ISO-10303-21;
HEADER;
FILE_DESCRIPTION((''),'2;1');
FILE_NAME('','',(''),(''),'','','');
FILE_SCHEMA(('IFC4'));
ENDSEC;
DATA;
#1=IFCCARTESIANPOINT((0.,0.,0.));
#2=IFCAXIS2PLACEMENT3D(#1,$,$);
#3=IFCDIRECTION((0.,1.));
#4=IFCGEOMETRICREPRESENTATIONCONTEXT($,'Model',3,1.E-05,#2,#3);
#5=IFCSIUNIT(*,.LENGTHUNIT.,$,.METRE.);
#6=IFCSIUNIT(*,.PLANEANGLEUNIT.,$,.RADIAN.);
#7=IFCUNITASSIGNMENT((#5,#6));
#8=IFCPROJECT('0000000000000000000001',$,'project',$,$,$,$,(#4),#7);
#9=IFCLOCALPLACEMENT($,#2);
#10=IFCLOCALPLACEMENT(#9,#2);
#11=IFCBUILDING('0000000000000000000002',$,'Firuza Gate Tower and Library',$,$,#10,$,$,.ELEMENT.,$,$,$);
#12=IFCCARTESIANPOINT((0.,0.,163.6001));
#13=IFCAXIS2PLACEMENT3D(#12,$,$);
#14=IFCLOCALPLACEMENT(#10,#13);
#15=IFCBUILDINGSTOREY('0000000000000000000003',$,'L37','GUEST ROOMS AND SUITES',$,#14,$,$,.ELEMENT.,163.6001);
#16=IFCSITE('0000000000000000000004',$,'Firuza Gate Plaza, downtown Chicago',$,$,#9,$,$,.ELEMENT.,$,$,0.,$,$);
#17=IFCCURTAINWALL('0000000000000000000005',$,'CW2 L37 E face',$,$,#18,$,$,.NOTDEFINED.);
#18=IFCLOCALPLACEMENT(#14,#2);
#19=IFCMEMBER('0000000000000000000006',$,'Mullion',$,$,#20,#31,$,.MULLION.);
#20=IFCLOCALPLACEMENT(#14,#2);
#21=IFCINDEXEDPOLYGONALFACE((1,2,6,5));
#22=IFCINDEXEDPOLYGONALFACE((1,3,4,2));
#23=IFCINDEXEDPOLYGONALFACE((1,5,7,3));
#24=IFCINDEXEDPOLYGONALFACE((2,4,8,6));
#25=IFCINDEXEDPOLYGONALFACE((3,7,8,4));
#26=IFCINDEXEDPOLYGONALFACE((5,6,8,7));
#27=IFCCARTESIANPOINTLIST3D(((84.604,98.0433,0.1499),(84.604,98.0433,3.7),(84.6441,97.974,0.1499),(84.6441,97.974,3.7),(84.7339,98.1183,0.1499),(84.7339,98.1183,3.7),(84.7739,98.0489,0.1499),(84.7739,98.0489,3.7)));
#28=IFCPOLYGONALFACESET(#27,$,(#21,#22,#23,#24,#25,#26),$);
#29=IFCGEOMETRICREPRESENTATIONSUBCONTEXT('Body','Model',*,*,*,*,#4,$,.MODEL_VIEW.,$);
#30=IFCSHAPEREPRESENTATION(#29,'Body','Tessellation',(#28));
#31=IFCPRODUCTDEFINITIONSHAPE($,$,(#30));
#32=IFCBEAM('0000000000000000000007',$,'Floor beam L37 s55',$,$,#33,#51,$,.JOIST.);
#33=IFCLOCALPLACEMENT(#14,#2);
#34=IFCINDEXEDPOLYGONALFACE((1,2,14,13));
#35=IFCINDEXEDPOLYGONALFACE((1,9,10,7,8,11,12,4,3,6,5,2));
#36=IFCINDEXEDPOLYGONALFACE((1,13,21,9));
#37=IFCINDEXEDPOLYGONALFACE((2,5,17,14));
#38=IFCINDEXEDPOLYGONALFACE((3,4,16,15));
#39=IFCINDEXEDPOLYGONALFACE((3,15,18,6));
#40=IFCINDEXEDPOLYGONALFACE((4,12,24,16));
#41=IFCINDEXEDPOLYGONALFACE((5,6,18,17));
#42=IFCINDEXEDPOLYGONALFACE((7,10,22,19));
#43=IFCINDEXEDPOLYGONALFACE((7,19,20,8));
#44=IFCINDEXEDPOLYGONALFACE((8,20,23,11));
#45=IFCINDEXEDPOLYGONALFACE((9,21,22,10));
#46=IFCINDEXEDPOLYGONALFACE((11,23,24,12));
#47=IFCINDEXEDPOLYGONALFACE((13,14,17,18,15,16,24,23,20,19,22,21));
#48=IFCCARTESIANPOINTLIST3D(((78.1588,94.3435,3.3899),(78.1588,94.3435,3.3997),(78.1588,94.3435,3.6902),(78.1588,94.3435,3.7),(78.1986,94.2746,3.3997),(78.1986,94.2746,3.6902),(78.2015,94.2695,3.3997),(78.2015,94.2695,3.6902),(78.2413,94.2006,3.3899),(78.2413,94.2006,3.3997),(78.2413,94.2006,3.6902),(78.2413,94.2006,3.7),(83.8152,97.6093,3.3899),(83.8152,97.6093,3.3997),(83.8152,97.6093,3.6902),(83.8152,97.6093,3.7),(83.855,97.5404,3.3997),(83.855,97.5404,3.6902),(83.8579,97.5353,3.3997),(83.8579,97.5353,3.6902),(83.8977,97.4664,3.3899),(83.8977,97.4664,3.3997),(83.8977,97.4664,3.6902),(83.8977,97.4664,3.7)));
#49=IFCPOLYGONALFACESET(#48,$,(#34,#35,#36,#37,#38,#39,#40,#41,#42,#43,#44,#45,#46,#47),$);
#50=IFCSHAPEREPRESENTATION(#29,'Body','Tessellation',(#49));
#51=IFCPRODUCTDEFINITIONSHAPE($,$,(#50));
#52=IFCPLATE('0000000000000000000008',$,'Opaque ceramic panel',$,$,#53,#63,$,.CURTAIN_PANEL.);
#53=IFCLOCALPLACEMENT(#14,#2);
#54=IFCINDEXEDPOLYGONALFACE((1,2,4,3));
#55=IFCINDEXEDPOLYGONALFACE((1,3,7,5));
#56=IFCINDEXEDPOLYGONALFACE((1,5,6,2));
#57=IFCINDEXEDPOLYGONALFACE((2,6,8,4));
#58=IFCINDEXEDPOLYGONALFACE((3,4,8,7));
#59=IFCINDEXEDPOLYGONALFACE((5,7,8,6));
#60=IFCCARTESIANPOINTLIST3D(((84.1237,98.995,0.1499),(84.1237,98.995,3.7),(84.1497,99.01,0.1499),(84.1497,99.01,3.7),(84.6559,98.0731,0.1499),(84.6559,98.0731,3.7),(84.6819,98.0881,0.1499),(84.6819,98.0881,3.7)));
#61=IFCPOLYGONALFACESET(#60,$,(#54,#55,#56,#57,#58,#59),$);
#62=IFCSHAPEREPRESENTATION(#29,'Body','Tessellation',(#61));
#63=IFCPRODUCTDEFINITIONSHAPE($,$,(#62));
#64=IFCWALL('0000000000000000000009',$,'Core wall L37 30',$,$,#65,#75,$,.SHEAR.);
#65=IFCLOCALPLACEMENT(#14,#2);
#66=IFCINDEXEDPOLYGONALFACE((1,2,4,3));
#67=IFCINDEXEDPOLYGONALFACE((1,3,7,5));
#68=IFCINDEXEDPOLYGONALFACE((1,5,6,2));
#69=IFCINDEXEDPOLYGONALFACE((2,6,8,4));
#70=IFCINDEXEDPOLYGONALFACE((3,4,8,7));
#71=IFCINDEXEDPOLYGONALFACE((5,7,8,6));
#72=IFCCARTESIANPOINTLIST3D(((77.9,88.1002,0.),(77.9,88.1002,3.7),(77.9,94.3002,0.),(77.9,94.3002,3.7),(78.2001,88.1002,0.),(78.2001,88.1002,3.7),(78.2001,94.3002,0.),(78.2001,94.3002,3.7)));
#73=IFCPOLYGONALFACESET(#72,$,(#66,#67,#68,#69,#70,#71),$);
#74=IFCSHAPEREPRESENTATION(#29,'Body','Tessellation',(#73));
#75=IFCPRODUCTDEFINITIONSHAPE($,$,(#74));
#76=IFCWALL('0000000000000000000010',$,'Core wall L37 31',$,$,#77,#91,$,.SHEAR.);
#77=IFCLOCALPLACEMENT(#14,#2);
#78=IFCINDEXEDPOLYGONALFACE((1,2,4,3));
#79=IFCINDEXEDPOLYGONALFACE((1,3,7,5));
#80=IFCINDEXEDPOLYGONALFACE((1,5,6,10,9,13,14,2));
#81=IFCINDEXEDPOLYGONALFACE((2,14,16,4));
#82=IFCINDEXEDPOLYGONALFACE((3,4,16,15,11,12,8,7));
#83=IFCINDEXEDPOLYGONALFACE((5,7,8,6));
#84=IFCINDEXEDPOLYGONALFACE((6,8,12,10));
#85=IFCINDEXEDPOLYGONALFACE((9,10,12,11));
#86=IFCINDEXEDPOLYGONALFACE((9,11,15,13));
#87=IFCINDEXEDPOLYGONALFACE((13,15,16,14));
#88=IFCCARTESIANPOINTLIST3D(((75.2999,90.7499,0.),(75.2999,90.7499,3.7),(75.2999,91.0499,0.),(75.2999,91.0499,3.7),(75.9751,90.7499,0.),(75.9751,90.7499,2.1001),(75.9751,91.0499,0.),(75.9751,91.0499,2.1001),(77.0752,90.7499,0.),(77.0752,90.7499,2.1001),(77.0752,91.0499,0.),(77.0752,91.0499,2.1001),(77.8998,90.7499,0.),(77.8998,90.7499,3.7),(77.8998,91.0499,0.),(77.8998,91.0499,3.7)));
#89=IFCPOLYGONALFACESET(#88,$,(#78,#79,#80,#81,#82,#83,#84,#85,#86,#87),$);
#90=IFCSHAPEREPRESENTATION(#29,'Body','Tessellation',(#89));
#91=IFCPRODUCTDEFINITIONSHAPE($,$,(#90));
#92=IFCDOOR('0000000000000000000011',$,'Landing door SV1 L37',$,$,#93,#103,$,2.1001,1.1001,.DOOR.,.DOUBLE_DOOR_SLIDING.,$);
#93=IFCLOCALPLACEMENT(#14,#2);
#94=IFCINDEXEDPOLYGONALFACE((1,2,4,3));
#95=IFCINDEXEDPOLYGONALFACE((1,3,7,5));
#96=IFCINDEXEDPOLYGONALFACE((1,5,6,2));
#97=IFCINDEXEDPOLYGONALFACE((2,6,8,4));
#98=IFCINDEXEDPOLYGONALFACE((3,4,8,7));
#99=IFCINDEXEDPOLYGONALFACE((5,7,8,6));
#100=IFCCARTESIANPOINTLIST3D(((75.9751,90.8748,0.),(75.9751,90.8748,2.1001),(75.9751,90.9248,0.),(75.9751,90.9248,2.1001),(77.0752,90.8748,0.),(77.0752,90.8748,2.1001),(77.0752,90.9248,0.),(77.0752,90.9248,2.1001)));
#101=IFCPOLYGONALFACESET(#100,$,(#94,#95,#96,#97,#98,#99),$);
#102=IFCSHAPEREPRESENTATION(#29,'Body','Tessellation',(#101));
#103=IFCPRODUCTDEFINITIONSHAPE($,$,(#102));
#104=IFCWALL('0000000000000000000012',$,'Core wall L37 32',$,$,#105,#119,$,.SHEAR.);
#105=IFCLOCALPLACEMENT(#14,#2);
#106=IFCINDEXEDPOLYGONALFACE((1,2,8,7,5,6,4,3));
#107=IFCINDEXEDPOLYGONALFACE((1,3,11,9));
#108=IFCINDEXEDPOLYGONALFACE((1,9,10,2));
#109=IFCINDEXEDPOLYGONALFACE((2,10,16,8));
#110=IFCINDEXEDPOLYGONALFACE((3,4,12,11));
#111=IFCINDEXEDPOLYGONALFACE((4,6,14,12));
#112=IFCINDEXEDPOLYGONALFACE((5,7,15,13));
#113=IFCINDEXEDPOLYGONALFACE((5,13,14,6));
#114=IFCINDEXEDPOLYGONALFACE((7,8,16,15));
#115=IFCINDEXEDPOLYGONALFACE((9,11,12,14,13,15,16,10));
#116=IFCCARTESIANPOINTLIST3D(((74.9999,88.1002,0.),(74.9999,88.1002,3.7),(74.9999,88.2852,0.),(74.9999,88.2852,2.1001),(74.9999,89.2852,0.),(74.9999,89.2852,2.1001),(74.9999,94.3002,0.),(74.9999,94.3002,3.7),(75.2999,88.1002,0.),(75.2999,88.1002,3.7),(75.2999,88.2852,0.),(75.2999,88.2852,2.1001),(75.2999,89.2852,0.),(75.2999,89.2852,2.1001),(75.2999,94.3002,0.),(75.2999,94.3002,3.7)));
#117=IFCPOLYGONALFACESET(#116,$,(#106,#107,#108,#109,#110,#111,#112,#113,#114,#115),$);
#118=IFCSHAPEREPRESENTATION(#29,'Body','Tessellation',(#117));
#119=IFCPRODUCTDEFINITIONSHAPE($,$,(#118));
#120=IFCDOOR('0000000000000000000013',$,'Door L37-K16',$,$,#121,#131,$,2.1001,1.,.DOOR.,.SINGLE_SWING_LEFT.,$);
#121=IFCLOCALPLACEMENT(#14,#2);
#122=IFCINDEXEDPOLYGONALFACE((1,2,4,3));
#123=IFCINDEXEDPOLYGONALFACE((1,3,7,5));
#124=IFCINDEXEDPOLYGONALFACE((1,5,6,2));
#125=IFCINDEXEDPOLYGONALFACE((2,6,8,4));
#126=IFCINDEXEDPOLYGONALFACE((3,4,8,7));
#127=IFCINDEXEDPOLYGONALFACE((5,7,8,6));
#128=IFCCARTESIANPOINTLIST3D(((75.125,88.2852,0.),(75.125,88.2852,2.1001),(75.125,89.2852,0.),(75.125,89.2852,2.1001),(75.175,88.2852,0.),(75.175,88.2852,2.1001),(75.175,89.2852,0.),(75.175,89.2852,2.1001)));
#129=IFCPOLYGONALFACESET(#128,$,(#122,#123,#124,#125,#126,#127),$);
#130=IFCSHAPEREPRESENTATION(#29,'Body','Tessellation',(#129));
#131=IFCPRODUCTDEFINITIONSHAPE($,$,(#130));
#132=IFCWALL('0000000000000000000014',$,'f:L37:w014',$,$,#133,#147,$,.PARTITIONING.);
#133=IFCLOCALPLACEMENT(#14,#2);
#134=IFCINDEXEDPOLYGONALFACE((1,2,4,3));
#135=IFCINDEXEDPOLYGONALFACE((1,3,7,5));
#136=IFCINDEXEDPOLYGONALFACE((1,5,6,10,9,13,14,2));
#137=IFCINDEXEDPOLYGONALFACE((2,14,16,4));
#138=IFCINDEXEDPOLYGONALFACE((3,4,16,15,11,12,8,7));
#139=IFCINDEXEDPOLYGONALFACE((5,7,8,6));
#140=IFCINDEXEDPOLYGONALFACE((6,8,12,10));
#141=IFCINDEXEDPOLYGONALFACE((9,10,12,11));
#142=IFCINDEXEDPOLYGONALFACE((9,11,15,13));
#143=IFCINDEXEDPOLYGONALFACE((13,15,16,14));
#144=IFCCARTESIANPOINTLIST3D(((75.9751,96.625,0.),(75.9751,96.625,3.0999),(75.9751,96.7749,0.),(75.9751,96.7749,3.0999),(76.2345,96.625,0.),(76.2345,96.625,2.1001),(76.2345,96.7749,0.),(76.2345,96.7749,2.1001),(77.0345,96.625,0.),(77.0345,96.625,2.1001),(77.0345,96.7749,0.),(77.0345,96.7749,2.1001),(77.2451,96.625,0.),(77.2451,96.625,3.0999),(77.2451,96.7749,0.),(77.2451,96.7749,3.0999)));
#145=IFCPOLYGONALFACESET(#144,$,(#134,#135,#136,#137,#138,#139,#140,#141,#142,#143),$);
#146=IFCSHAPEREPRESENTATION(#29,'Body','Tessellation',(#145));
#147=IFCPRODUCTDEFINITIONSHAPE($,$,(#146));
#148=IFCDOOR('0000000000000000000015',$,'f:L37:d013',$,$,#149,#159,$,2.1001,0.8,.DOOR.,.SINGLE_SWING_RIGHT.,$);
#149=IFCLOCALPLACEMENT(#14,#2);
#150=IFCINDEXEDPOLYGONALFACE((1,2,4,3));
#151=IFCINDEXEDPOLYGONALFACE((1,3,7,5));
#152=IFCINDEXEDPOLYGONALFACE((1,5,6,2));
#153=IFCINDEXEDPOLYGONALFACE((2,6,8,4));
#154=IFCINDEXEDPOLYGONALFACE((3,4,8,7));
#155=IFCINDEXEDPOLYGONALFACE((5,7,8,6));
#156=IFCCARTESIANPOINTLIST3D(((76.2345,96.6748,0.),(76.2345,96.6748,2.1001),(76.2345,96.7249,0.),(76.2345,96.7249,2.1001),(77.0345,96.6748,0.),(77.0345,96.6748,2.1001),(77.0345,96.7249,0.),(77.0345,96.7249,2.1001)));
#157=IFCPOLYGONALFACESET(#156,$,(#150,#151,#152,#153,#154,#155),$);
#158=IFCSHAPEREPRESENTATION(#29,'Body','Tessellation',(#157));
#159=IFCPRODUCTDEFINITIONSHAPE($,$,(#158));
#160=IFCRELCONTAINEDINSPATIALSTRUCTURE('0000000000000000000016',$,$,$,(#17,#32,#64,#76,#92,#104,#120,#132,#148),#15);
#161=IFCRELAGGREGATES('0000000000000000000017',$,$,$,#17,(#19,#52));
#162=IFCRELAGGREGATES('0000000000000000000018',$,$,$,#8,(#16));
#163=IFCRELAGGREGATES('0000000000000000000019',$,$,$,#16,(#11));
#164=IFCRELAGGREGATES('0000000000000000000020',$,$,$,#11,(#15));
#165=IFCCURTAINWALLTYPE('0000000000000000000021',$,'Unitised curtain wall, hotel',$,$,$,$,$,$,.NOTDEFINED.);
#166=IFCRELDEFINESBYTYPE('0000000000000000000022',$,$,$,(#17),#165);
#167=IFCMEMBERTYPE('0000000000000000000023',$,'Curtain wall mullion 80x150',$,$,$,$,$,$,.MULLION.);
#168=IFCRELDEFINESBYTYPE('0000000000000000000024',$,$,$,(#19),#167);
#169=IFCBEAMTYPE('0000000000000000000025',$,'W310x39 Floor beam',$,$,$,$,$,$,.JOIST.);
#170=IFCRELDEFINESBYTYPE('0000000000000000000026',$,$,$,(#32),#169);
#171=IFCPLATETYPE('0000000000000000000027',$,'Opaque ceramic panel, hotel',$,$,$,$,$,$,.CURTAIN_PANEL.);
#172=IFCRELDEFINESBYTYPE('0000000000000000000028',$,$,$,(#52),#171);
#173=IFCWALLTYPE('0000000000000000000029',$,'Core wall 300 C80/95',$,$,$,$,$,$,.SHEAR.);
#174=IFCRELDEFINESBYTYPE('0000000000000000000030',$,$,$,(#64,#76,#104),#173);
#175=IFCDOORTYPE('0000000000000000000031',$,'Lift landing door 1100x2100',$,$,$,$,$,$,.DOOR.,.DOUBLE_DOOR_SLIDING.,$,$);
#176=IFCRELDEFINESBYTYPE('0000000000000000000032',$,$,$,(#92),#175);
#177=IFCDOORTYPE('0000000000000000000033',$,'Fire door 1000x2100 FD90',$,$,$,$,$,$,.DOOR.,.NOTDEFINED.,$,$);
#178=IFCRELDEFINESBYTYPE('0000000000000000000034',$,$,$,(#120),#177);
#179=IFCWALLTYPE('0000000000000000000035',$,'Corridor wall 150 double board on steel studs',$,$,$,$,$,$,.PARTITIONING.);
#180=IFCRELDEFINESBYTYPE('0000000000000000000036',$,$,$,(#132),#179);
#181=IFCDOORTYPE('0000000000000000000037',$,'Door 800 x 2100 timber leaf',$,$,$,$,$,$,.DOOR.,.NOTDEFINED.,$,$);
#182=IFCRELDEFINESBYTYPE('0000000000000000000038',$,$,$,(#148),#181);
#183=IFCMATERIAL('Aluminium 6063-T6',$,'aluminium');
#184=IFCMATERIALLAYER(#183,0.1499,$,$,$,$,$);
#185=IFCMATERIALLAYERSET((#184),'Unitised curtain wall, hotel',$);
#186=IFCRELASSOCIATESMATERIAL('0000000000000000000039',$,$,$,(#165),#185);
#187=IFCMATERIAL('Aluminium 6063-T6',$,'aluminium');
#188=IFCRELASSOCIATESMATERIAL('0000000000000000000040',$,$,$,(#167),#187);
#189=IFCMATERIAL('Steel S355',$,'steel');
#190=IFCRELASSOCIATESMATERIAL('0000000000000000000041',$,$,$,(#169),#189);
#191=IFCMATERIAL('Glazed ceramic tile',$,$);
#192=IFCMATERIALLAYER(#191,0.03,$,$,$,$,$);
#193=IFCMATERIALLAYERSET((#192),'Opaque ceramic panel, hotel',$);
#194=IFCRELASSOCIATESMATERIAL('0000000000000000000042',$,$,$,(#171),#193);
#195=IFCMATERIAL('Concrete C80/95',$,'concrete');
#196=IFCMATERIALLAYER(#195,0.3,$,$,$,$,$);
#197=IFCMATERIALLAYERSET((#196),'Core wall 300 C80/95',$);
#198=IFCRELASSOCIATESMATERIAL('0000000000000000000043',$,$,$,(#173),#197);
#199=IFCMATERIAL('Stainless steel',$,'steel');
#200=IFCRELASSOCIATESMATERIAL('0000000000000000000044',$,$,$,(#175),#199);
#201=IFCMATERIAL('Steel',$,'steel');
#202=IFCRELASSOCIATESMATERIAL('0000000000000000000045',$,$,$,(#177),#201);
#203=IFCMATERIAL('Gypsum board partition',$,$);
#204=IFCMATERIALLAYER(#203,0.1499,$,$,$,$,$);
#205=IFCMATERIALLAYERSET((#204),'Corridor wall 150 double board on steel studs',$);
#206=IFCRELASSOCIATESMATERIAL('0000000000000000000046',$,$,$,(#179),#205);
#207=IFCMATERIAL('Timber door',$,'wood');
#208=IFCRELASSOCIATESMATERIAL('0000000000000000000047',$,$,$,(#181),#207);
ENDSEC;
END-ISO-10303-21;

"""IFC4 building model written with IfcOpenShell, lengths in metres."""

from ifc_helpers import new_model, si_unit, direction, frame, frame_2d, origin, origin_2d, place, context, subcontext, project, spatial, polyline, rectangle, i_section, outline, extrude, material, layer, layer_set, material_profile, profile_set, type_object, element, fill, aggregate, save


model = new_model("IFC4")

# Units and contexts
model_context = context("Model", 3, precision=1e-05, world=origin(), true_north=direction((0.0, 1.0)))
body_context = subcontext(model_context, "Body", "Model", "MODEL_VIEW")
ifc_project = project(units=[si_unit("LENGTHUNIT", "METRE"), si_unit("PLANEANGLEUNIT", "RADIAN")], contexts=[model_context])

# Site, building, storey
site_placement = place(None, origin())
site = spatial("IfcSite", under=ifc_project, at=site_placement, Name="Firuza Gate Plaza, downtown Chicago", CompositionType="ELEMENT", RefElevation=0.0)
building_placement = place(site_placement, origin())
building = spatial("IfcBuilding", under=site, at=building_placement, Name="Firuza Gate Tower and Library", CompositionType="ELEMENT")
storey_placement = place(building_placement, frame((0.0, 0.0, 163.6001)))
storey = spatial("IfcBuildingStorey", under=building, at=storey_placement, Name="L37", Description="GUEST ROOMS AND SUITES", CompositionType="ELEMENT", Elevation=163.6001)

# Curtain wall, member
ifc_material_1 = material(Name="Aluminium 6063-T6", Category="aluminium")
ifc_layer_1 = layer(ifc_material_1, 0.1499)
ifc_layer_set_1 = layer_set([ifc_layer_1], Name="Unitised curtain wall, hotel")
curtain_wall_type = type_object("IfcCurtainWallType", Name="Unitised curtain wall, hotel", PredefinedType="NOTDEFINED", material=ifc_layer_set_1)
curtain_wall_placement = place(storey_placement, origin())
curtain_wall = element("IfcCurtainWall", 1, at=curtain_wall_placement, inside=storey, type_object=curtain_wall_type, Name="CW2 L37 E face", PredefinedType="NOTDEFINED")
ifc_material_2 = material(Name="Aluminium 6063-T6", Category="aluminium")
ifc_material_profile_1 = material_profile(ifc_material_2, rectangle(XDim=0.1499, YDim=0.0801, at=origin_2d()))
ifc_profile_set_1 = profile_set([ifc_material_profile_1], Name="Aluminium 6063-T6")
member_type = type_object("IfcMemberType", Name="Curtain wall mullion 80x150", PredefinedType="MULLION", material=ifc_profile_set_1)
member_placement = place(storey_placement, frame((84.689, 98.0461, 0.1499), z_axis=(0.0, 0.0, 1.0), x_axis=(-0.866025, -0.5, 0.0)))
member = element("IfcMember", 2, at=member_placement, type_object=member_type, Name="Mullion", PredefinedType="MULLION", context=body_context, shape_type="SweptSolid", body=[
    extrude(rectangle(XDim=0.1499, YDim=0.0801, at=origin_2d()), origin(), (0.0, 0.0, 1.0), 3.55),
])

# Beam
ifc_material_3 = material(Name="Steel S355", Category="steel")
ifc_material_profile_2 = material_profile(ifc_material_3, i_section(OverallWidth=0.165, OverallDepth=0.3101, WebThickness=0.0059, FlangeThickness=0.0098, at=origin_2d()))
ifc_profile_set_2 = profile_set([ifc_material_profile_2], Name="Steel S355")
beam_type = type_object("IfcBeamType", Name="W310x39 Floor beam", PredefinedType="JOIST", material=ifc_profile_set_2)
beam_placement = place(storey_placement, frame((83.8564, 97.5378, 3.5449), z_axis=(-0.866019, -0.50001, 0.0), x_axis=(0.50001, -0.866019, 0.0)))
element("IfcBeam", 3, at=beam_placement, inside=storey, type_object=beam_type, Name="Floor beam L37 s55", PredefinedType="JOIST", context=body_context, shape_type="SweptSolid", body=[
    extrude(i_section(OverallWidth=0.165, OverallDepth=0.3101, WebThickness=0.0059, FlangeThickness=0.0098, at=origin_2d()), origin(), (0.0, 0.0, 1.0), 6.5315),
])

# Plate
ifc_material_4 = material(Name="Glazed ceramic tile")
ifc_layer_2 = layer(ifc_material_4, 0.03)
ifc_layer_set_2 = layer_set([ifc_layer_2], Name="Opaque ceramic panel, hotel")
plate_type = type_object("IfcPlateType", Name="Opaque ceramic panel, hotel", PredefinedType="CURTAIN_PANEL", material=ifc_layer_set_2)
plate_placement = place(storey_placement, frame((84.6819, 98.0881, 0.1499), z_axis=(0.866033, 0.499987, 0.0), x_axis=(-0.499987, 0.866033, 0.0)))
plate = element("IfcPlate", 4, at=plate_placement, type_object=plate_type, Name="Opaque ceramic panel", PredefinedType="CURTAIN_PANEL", context=body_context, shape_type="SweptSolid", body=[
    extrude(outline(polyline([(0.0, 0.0), (1.0645, 0.0), (1.0645, 3.55), (0.0, 3.55), (0.0, 0.0)])), origin(), (0.0, 0.0, -1.0), 0.03),
])
aggregate(curtain_wall, [member, plate])

# Wall
ifc_material_5 = material(Name="Concrete C80/95", Category="concrete")
ifc_layer_3 = layer(ifc_material_5, 0.3)
ifc_layer_set_3 = layer_set([ifc_layer_3], Name="Core wall 300 C80/95")
wall_type_1 = type_object("IfcWallType", Name="Core wall 300 C80/95", PredefinedType="SHEAR", material=ifc_layer_set_3)
wall_1_placement = place(storey_placement, frame((78.05, 88.1001, 0.0), z_axis=(0.0, 0.0, 1.0), x_axis=(0.0, 1.0, 0.0)))
element("IfcWall", 5, at=wall_1_placement, inside=storey, type_object=wall_type_1, Name="Core wall L37 30", PredefinedType="SHEAR", context=body_context, shape_type="SweptSolid", body=[
    extrude(rectangle(XDim=6.2, YDim=0.3, at=frame_2d((3.1001, 0.0))), origin(), (0.0, 0.0, 1.0), 3.7),
])

# Walls, openings, doors
wall_2_placement = place(storey_placement, frame((75.3, 90.8999, 0.0), z_axis=(0.0, 0.0, 1.0), x_axis=(1.0, 0.0, 0.0)))
wall_2 = element("IfcWall", 6, at=wall_2_placement, inside=storey, type_object=wall_type_1, Name="Core wall L37 31", PredefinedType="SHEAR", context=body_context, shape_type="SweptSolid", body=[
    extrude(rectangle(XDim=2.5999, YDim=0.3, at=frame_2d((1.2998, 0.0))), origin(), (0.0, 0.0, 1.0), 3.7),
])
opening_1_placement = place(wall_2_placement, frame((0.675, 0.0, 0.0)))
opening_1 = element("IfcOpeningElement", 7, at=opening_1_placement, cuts=wall_2, PredefinedType="OPENING", context=body_context, shape_type="SweptSolid", body=[
    extrude(rectangle(XDim=1.1001, YDim=2.1001, at=frame_2d((0.55, 1.05))), frame((0.0, 0.1602, 0.0), z_axis=(0.0, -1.0, 0.0), x_axis=(1.0, 0.0, 0.0)), (0.0, 0.0, 1.0), 0.3201),
])
ifc_material_6 = material(Name="Stainless steel", Category="steel")
door_type_1 = type_object("IfcDoorType", Name="Lift landing door 1100x2100", OperationType="DOUBLE_DOOR_SLIDING", PredefinedType="DOOR", material=ifc_material_6)
door_1_placement = place(opening_1_placement, origin())
door_1 = element("IfcDoor", 8, at=door_1_placement, inside=storey, type_object=door_type_1, Name="Landing door SV1 L37", OperationType="DOUBLE_DOOR_SLIDING", OverallHeight=2.1001, OverallWidth=1.1001, PredefinedType="DOOR", context=body_context, shape_type="SweptSolid", body=[
    extrude(rectangle(XDim=1.1001, YDim=2.1001, at=frame_2d((0.55, 1.05))), frame((0.0, 0.0249, 0.0), z_axis=(0.0, -1.0, 0.0), x_axis=(1.0, 0.0, 0.0)), (0.0, 0.0, 1.0), 0.05),
])
fill(opening_1, door_1)
wall_3_placement = place(storey_placement, frame((75.1499, 88.1001, 0.0), z_axis=(0.0, 0.0, 1.0), x_axis=(0.0, 1.0, 0.0)))
wall_3 = element("IfcWall", 9, at=wall_3_placement, inside=storey, type_object=wall_type_1, Name="Core wall L37 32", PredefinedType="SHEAR", context=body_context, shape_type="SweptSolid", body=[
    extrude(rectangle(XDim=6.2, YDim=0.3, at=frame_2d((3.1001, 0.0))), origin(), (0.0, 0.0, 1.0), 3.7),
])
opening_2_placement = place(wall_3_placement, frame((0.1851, 0.0, 0.0)))
opening_2 = element("IfcOpeningElement", 10, at=opening_2_placement, cuts=wall_3, PredefinedType="OPENING", context=body_context, shape_type="SweptSolid", body=[
    extrude(rectangle(XDim=1.0, YDim=2.1001, at=frame_2d((0.5, 1.05))), frame((0.0, 0.1602, 0.0), z_axis=(0.0, -1.0, 0.0), x_axis=(1.0, 0.0, 0.0)), (0.0, 0.0, 1.0), 0.3201),
])
ifc_material_7 = material(Name="Steel", Category="steel")
door_type_2 = type_object("IfcDoorType", Name="Fire door 1000x2100 FD90", OperationType="NOTDEFINED", PredefinedType="DOOR", material=ifc_material_7)
door_2_placement = place(opening_2_placement, origin())
door_2 = element("IfcDoor", 11, at=door_2_placement, inside=storey, type_object=door_type_2, Name="Door L37-K16", OperationType="SINGLE_SWING_LEFT", OverallHeight=2.1001, OverallWidth=1.0, PredefinedType="DOOR", context=body_context, shape_type="SweptSolid", body=[
    extrude(rectangle(XDim=1.0, YDim=2.1001, at=frame_2d((0.5, 1.05))), frame((0.0, 0.0249, 0.0), z_axis=(0.0, -1.0, 0.0), x_axis=(1.0, 0.0, 0.0)), (0.0, 0.0, 1.0), 0.05),
])
fill(opening_2, door_2)
ifc_material_8 = material(Name="Gypsum board partition")
ifc_layer_4 = layer(ifc_material_8, 0.1499)
ifc_layer_set_4 = layer_set([ifc_layer_4], Name="Corridor wall 150 double board on steel studs")
wall_type_2 = type_object("IfcWallType", Name="Corridor wall 150 double board on steel studs", PredefinedType="PARTITIONING", material=ifc_layer_set_4)
wall_4_placement = place(storey_placement, frame((75.9751, 96.7, 0.0), z_axis=(0.0, 0.0, 1.0), x_axis=(1.0, 0.0, 0.0)))
wall_4 = element("IfcWall", 12, at=wall_4_placement, inside=storey, type_object=wall_type_2, Name="f:L37:w014", PredefinedType="PARTITIONING", context=body_context, shape_type="SweptSolid", body=[
    extrude(rectangle(XDim=1.27, YDim=0.1499, at=frame_2d((0.635, 0.0))), origin(), (0.0, 0.0, 1.0), 3.0999),
])
opening_3_placement = place(wall_4_placement, frame((0.2595, 0.0, 0.0)))
opening_3 = element("IfcOpeningElement", 13, at=opening_3_placement, cuts=wall_4, PredefinedType="OPENING", context=body_context, shape_type="SweptSolid", body=[
    extrude(rectangle(XDim=0.8, YDim=2.1001, at=frame_2d((0.3999, 1.05))), frame((0.0, 0.085, 0.0), z_axis=(0.0, -1.0, 0.0), x_axis=(1.0, 0.0, 0.0)), (0.0, 0.0, 1.0), 0.1699),
])
ifc_material_9 = material(Name="Timber door", Category="wood")
door_type_3 = type_object("IfcDoorType", Name="Door 800 x 2100 timber leaf", OperationType="NOTDEFINED", PredefinedType="DOOR", material=ifc_material_9)
door_3_placement = place(opening_3_placement, origin())
door_3 = element("IfcDoor", 14, at=door_3_placement, inside=storey, type_object=door_type_3, Name="f:L37:d013", OperationType="SINGLE_SWING_RIGHT", OverallHeight=2.1001, OverallWidth=0.8, PredefinedType="DOOR", context=body_context, shape_type="SweptSolid", body=[
    extrude(rectangle(XDim=0.8, YDim=2.1001, at=frame_2d((0.3999, 1.05))), frame((0.0, 0.0249, 0.0), z_axis=(0.0, -1.0, 0.0), x_axis=(1.0, 0.0, 0.0)), (0.0, 0.0, 1.0), 0.05),
])
fill(opening_3, door_3)

save(model, "model.ifc")
